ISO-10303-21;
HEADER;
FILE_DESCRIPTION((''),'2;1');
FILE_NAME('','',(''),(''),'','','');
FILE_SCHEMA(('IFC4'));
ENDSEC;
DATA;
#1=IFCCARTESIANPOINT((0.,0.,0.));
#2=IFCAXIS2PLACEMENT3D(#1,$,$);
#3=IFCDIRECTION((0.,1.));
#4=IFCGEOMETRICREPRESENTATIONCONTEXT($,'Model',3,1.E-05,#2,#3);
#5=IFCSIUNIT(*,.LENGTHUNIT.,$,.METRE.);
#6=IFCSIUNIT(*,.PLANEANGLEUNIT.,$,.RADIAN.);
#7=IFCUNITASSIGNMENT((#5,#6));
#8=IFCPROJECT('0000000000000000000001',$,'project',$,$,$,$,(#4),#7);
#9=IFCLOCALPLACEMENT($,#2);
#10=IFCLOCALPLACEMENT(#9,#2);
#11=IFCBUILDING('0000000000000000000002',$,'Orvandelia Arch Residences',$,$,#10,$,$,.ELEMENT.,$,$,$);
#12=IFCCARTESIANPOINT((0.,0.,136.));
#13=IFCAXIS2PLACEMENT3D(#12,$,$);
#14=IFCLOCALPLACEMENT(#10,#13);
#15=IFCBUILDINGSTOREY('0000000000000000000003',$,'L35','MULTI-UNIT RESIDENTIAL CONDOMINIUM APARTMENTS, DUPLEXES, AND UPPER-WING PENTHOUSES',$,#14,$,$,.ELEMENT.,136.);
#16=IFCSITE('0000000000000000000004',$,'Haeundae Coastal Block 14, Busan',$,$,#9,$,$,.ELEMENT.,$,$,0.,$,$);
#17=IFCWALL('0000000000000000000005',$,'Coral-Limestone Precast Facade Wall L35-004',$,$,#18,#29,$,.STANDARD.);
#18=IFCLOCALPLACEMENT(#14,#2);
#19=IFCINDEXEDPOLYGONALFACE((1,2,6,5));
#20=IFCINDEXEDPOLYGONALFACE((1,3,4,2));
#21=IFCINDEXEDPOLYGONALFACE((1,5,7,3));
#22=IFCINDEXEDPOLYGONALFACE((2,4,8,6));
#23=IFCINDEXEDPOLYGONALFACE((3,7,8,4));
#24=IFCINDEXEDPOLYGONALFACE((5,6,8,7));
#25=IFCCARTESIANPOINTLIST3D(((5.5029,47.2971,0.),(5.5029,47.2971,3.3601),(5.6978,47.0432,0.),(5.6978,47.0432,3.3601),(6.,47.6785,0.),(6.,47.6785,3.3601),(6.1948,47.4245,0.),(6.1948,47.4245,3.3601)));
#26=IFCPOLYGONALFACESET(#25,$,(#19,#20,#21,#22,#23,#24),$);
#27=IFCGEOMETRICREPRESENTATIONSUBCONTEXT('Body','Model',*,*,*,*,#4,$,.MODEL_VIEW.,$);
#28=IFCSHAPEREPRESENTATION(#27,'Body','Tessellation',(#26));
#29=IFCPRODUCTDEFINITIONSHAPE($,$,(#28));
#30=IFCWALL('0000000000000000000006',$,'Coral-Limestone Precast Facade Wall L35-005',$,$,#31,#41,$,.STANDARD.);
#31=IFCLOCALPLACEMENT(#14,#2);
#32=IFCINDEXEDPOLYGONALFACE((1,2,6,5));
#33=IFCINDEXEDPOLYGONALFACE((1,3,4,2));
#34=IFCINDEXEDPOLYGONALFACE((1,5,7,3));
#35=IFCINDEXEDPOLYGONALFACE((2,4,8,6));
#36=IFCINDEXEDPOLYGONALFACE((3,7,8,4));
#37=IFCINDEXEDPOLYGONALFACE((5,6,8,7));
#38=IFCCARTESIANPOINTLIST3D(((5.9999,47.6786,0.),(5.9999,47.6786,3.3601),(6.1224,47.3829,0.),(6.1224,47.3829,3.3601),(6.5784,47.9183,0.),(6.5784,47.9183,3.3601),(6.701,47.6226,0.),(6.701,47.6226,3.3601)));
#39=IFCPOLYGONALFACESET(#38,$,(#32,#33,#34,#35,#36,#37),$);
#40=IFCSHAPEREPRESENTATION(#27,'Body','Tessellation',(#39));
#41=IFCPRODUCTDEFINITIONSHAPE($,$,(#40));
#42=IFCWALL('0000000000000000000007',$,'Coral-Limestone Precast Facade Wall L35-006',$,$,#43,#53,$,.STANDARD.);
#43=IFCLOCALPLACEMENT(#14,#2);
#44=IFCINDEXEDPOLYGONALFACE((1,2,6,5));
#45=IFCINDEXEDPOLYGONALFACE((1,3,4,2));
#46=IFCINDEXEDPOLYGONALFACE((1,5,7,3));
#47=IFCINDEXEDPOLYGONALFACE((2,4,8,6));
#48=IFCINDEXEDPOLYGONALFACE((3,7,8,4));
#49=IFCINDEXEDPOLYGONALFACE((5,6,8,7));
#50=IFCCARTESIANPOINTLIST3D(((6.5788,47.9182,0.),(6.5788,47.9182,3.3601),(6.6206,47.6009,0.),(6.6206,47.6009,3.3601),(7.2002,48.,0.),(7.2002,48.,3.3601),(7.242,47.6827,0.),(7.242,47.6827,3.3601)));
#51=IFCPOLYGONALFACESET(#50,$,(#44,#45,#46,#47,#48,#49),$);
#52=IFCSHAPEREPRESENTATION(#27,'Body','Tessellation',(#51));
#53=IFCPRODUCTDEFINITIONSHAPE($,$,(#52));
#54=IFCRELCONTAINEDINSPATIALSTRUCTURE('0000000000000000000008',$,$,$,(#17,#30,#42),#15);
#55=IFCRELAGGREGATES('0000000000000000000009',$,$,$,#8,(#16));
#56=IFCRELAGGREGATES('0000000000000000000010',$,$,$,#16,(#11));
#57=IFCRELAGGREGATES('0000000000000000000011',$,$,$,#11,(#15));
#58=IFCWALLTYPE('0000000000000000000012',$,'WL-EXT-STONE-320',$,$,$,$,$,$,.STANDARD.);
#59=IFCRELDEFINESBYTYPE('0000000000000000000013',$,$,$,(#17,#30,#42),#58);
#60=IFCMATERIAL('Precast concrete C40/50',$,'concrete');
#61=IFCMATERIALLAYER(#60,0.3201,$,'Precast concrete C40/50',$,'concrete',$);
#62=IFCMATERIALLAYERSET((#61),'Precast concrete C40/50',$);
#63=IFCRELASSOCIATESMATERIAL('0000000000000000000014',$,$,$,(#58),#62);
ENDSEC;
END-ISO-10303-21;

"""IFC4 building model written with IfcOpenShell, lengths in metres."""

from ifc_helpers import new_model, si_unit, direction, frame, frame_2d, origin, place, context, subcontext, project, spatial, rectangle, extrude, material, layer, layer_set, type_object, element, save


model = new_model("IFC4")

# Units and contexts
model_context = context("Model", 3, precision=1e-05, world=origin(), true_north=direction((0.0, 1.0)))
body_context = subcontext(model_context, "Body", "Model", "MODEL_VIEW")
ifc_project = project(units=[si_unit("LENGTHUNIT", "METRE"), si_unit("PLANEANGLEUNIT", "RADIAN")], contexts=[model_context])

# Site, building, storey
site_placement = place(None, origin())
site = spatial("IfcSite", under=ifc_project, at=site_placement, Name="Haeundae Coastal Block 14, Busan", CompositionType="ELEMENT", RefElevation=0.0)
building_placement = place(site_placement, origin())
building = spatial("IfcBuilding", under=site, at=building_placement, Name="Orvandelia Arch Residences", CompositionType="ELEMENT")
storey_placement = place(building_placement, frame((0.0, 0.0, 136.0)))
storey = spatial("IfcBuildingStorey", under=building, at=storey_placement, Name="L35", Description="MULTI-UNIT RESIDENTIAL CONDOMINIUM APARTMENTS, DUPLEXES, AND UPPER-WING PENTHOUSES", CompositionType="ELEMENT", Elevation=136.0)

# Walls
ifc_material_1 = material(Name="Precast concrete C40/50", Category="concrete")
ifc_layer_1 = layer(ifc_material_1, 0.3201, Name="Precast concrete C40/50", Category="concrete")
ifc_layer_set_1 = layer_set([ifc_layer_1], Name="Precast concrete C40/50")
wall_type_1 = type_object("IfcWallType", Name="WL-EXT-STONE-320", PredefinedType="STANDARD", material=ifc_layer_set_1)
wall_1_placement = place(storey_placement, frame((5.6003, 47.1702, 0.0), z_axis=(0.0, 0.0, 1.0), x_axis=(0.793406, 0.608693, 0.0)))
element("IfcWall", 1, at=wall_1_placement, inside=storey, type_object=wall_type_1, Name="Coral-Limestone Precast Facade Wall L35-004", PredefinedType="STANDARD", context=body_context, shape_type="SweptSolid", body=[
    extrude(rectangle(XDim=0.6265, YDim=0.3201, at=frame_2d((0.3132, 0.0))), origin(), (0.0, 0.0, 1.0), 3.3601),
])
wall_2_placement = place(storey_placement, frame((6.0613, 47.5308, 0.0), z_axis=(0.0, 0.0, 1.0), x_axis=(0.923836, 0.382788, 0.0)))
element("IfcWall", 2, at=wall_2_placement, inside=storey, type_object=wall_type_1, Name="Coral-Limestone Precast Facade Wall L35-005", PredefinedType="STANDARD", context=body_context, shape_type="SweptSolid", body=[
    extrude(rectangle(XDim=0.6262, YDim=0.3201, at=frame_2d((0.313, 0.0))), origin(), (0.0, 0.0, 1.0), 3.3601),
])
wall_3_placement = place(storey_placement, frame((6.5996, 47.7595, 0.0), z_axis=(0.0, 0.0, 1.0), x_axis=(0.991448, 0.130505, 0.0)))
element("IfcWall", 3, at=wall_3_placement, inside=storey, type_object=wall_type_1, Name="Coral-Limestone Precast Facade Wall L35-006", PredefinedType="STANDARD", context=body_context, shape_type="SweptSolid", body=[
    extrude(rectangle(XDim=0.6267, YDim=0.3201, at=frame_2d((0.3135, 0.0))), origin(), (0.0, 0.0, 1.0), 3.3601),
])

save(model, "model.ifc")
